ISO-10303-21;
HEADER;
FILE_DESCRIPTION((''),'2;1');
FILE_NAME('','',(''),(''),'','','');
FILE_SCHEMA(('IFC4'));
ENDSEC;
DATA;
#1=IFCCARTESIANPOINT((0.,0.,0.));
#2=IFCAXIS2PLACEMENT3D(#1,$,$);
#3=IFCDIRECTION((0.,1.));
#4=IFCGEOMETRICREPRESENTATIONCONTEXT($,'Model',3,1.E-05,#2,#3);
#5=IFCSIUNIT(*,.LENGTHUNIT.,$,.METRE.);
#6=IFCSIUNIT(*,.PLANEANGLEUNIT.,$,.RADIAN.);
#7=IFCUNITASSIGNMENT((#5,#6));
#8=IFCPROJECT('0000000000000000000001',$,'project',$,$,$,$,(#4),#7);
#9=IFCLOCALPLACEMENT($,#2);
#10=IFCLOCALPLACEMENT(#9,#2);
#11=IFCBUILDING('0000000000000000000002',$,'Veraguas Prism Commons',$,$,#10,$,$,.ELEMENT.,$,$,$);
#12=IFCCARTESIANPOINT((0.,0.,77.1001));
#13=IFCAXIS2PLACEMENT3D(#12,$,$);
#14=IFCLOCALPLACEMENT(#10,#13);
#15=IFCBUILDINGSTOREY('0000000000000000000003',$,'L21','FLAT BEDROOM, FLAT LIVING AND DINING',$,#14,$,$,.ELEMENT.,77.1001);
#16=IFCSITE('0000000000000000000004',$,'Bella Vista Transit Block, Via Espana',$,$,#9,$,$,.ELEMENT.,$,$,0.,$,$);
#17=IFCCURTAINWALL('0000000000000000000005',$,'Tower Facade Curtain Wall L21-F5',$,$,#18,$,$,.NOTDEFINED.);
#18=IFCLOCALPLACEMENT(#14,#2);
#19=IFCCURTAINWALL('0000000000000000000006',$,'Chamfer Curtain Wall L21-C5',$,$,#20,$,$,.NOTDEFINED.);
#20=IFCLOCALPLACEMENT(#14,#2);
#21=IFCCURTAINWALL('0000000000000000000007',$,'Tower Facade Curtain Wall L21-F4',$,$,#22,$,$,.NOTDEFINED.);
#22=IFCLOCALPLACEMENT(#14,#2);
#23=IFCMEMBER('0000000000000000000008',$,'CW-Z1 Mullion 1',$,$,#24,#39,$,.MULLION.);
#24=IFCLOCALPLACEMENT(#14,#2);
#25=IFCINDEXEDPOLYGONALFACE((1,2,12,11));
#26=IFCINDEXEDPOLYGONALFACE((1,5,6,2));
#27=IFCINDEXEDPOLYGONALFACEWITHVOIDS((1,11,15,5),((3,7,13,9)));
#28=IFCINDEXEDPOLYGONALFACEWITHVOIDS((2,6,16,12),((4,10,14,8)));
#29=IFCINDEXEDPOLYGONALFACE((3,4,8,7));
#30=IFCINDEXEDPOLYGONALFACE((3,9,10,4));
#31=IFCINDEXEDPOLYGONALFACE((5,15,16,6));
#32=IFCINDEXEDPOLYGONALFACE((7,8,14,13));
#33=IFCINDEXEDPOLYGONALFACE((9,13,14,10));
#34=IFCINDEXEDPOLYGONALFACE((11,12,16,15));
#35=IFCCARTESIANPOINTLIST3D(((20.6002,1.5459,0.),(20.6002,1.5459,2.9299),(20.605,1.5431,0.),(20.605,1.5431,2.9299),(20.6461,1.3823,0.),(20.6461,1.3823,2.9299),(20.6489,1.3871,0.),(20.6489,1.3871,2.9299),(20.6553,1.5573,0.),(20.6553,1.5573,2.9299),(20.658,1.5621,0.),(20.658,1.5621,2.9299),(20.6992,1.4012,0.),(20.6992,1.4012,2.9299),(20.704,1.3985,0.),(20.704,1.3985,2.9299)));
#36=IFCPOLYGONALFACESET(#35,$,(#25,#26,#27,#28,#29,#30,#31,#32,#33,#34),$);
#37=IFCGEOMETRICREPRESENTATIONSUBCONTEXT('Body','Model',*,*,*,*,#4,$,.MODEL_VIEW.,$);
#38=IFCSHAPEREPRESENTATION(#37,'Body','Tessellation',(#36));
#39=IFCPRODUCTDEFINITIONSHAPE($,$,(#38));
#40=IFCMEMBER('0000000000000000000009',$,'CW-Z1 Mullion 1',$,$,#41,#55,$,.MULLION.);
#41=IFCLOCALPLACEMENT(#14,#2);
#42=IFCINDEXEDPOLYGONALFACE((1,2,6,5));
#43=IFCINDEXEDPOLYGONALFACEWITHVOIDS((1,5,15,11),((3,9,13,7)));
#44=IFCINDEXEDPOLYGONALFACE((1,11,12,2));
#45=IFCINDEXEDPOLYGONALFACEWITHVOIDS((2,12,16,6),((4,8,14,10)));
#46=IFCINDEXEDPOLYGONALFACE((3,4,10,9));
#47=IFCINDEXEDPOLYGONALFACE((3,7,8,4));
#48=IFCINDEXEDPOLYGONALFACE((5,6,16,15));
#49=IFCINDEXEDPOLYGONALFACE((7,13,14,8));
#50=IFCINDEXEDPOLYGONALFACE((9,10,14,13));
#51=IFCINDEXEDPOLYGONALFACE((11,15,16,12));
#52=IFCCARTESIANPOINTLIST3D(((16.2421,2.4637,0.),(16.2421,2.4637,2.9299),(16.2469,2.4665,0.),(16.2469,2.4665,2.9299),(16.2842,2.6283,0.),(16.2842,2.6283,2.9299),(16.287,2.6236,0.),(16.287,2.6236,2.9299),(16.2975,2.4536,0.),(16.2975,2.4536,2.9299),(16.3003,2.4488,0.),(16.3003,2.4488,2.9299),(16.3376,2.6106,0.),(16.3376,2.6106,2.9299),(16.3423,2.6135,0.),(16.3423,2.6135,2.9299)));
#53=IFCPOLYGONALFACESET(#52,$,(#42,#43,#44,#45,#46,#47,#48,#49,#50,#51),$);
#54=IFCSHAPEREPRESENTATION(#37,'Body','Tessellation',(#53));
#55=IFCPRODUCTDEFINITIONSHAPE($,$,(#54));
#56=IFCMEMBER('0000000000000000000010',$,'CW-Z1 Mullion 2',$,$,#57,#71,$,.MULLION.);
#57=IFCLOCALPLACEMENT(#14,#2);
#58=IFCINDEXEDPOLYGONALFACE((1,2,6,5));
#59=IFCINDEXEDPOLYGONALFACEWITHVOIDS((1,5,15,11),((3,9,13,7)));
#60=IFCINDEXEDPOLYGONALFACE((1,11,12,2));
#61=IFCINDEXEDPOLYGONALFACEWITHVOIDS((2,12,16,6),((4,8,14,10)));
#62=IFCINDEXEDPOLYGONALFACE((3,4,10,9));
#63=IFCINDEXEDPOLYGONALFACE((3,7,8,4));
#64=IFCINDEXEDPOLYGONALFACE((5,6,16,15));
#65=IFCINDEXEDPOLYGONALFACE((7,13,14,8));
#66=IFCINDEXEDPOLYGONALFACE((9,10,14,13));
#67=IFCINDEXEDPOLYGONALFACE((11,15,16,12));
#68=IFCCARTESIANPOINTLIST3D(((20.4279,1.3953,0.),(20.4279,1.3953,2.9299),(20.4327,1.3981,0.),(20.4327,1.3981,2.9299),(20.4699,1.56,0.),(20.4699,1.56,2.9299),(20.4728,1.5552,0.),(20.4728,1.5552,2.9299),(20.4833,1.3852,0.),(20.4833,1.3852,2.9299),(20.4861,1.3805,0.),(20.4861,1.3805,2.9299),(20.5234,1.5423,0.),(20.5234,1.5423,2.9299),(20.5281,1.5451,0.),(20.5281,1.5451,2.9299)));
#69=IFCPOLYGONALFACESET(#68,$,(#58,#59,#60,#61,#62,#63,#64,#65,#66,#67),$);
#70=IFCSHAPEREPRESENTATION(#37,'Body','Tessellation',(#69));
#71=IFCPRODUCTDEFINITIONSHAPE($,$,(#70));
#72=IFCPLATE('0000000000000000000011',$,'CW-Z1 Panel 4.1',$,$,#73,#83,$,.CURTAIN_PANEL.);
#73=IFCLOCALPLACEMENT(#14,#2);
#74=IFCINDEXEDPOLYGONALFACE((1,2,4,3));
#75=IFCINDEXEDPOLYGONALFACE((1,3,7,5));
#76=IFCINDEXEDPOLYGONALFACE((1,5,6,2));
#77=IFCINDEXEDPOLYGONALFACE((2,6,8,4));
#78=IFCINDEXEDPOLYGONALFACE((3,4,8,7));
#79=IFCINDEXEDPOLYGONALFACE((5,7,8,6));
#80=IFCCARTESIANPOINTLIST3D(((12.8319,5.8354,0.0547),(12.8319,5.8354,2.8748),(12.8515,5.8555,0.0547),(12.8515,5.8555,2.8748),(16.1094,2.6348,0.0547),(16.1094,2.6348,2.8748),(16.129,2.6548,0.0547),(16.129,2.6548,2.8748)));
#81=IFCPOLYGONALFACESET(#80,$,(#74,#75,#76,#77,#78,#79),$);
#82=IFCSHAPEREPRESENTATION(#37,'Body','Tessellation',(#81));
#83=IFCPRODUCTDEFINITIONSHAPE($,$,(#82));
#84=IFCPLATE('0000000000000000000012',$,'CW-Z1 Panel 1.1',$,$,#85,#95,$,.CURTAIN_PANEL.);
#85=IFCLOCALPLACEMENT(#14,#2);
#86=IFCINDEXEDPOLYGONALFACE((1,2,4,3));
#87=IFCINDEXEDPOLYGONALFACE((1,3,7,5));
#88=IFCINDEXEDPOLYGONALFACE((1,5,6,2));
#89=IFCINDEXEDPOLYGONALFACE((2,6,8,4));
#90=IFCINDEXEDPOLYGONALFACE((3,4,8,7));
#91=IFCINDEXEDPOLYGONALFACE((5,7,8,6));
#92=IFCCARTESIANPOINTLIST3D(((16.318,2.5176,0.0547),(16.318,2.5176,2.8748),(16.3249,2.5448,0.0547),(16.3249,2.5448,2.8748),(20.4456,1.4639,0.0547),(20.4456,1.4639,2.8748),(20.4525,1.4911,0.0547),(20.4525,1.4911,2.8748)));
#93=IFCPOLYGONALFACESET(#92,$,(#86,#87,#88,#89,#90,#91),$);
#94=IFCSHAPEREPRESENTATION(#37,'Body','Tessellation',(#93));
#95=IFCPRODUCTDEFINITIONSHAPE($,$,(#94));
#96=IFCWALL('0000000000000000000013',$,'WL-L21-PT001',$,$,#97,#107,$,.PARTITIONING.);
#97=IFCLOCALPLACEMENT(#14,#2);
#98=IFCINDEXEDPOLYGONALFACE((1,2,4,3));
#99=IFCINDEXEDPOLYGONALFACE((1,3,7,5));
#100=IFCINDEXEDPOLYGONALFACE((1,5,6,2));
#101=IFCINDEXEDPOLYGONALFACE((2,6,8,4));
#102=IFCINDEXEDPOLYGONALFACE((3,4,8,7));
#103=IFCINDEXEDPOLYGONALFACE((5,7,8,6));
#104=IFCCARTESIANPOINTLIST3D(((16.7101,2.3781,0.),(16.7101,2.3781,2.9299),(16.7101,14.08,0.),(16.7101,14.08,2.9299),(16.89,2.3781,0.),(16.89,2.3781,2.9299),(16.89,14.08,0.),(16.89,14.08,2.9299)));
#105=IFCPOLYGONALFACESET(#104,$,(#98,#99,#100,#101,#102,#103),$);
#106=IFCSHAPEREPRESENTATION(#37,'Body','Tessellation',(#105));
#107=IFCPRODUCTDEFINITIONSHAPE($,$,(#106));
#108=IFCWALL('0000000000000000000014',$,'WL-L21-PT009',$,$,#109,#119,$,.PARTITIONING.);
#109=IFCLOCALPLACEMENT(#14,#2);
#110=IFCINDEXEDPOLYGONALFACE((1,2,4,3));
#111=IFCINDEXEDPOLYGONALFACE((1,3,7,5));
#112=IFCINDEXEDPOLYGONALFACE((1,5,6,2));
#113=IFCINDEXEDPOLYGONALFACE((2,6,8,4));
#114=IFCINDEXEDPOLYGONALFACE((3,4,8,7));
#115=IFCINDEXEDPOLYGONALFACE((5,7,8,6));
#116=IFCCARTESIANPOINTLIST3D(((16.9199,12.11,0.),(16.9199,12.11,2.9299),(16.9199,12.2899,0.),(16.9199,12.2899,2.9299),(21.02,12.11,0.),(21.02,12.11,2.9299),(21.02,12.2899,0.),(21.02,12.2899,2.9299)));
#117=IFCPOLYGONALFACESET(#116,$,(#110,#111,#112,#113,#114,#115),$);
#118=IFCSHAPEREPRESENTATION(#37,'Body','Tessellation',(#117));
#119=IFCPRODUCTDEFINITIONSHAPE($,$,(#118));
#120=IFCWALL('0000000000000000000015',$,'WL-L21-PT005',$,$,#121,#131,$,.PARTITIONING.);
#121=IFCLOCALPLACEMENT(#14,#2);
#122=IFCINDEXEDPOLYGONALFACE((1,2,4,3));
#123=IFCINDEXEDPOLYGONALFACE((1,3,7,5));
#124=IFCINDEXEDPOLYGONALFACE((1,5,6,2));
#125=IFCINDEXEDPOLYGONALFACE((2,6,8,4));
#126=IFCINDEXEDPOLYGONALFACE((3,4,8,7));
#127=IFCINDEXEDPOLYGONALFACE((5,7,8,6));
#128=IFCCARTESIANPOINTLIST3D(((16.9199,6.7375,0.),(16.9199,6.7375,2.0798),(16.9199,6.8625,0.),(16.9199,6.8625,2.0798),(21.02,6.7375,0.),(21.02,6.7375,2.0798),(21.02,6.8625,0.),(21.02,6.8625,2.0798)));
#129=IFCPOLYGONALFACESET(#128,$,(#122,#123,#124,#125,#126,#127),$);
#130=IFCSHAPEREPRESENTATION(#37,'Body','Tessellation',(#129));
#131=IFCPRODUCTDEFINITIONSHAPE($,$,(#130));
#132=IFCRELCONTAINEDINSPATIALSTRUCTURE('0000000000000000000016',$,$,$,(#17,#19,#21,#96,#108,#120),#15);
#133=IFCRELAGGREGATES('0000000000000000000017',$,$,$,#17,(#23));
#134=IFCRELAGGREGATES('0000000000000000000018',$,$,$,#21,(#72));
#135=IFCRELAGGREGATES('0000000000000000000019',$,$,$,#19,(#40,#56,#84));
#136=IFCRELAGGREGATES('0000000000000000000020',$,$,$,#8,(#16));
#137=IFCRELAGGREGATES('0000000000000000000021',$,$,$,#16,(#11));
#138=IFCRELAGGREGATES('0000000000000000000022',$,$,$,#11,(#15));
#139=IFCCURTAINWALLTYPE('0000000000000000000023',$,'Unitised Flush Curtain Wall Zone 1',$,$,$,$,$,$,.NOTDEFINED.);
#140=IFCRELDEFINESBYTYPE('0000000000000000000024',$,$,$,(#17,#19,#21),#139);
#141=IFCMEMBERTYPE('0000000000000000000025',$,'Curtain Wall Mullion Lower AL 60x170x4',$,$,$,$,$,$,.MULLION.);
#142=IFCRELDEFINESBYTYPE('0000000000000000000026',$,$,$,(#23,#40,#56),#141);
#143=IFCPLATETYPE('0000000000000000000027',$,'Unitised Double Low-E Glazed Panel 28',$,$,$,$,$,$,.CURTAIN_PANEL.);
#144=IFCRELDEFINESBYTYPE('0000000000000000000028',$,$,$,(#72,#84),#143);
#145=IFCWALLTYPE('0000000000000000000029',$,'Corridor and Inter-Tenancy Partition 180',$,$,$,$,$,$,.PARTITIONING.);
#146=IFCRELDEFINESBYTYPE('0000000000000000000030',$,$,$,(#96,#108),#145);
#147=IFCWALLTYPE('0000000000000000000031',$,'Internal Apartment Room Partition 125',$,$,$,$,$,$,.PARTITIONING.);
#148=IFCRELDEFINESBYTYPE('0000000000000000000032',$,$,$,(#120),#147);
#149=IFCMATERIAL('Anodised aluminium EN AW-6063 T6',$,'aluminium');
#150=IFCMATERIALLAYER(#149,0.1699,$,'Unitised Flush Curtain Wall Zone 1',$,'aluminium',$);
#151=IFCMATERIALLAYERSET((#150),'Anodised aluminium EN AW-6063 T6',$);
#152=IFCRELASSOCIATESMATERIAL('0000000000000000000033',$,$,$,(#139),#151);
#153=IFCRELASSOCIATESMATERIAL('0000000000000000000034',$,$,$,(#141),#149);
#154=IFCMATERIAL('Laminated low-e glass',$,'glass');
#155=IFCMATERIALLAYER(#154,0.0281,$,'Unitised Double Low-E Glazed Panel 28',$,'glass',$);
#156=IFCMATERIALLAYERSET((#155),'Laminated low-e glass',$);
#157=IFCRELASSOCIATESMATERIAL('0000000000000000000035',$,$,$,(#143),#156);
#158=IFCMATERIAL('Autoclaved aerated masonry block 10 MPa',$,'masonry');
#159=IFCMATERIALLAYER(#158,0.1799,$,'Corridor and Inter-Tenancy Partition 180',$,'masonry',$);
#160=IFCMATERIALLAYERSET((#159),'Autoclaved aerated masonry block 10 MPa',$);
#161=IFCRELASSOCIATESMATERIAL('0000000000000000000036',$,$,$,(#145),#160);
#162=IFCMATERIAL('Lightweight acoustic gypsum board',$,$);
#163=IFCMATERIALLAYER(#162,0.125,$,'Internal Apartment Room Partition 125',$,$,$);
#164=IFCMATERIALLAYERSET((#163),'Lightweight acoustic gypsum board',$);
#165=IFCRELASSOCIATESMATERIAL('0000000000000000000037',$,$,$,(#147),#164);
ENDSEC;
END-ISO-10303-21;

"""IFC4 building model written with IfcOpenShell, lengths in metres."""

from ifc_helpers import new_model, si_unit, direction, frame, frame_2d, origin, origin_2d, place, context, subcontext, project, spatial, rectangle, hollow_rectangle, extrude, source, transform, mapped, material, layer, layer_set, material_profile, profile_set, type_object, element, aggregate, save


model = new_model("IFC4")

# Units and contexts
model_context = context("Model", 3, precision=1e-05, world=origin(), true_north=direction((0.0, 1.0)))
body_context = subcontext(model_context, "Body", "Model", "MODEL_VIEW")
ifc_project = project(units=[si_unit("LENGTHUNIT", "METRE"), si_unit("PLANEANGLEUNIT", "RADIAN")], contexts=[model_context])

# Site, building, storey
site_placement = place(None, origin())
site = spatial("IfcSite", under=ifc_project, at=site_placement, Name="Bella Vista Transit Block, Via Espana", CompositionType="ELEMENT", RefElevation=0.0)
building_placement = place(site_placement, origin())
building = spatial("IfcBuilding", under=site, at=building_placement, Name="Veraguas Prism Commons", CompositionType="ELEMENT")
storey_placement = place(building_placement, frame((0.0, 0.0, 77.1001)))
storey = spatial("IfcBuildingStorey", under=building, at=storey_placement, Name="L21", Description="FLAT BEDROOM, FLAT LIVING AND DINING", CompositionType="ELEMENT", Elevation=77.1001)

# Curtain walls
ifc_material_1 = material(Name="Anodised aluminium EN AW-6063 T6", Category="aluminium")
ifc_layer_1 = layer(ifc_material_1, 0.1699, Name="Unitised Flush Curtain Wall Zone 1", Category="aluminium")
ifc_layer_set_1 = layer_set([ifc_layer_1], Name="Anodised aluminium EN AW-6063 T6")
curtain_wall_type = type_object("IfcCurtainWallType", Name="Unitised Flush Curtain Wall Zone 1", PredefinedType="NOTDEFINED", material=ifc_layer_set_1)
curtain_wall_1_placement = place(storey_placement, origin())
curtain_wall_1 = element("IfcCurtainWall", 1, at=curtain_wall_1_placement, inside=storey, type_object=curtain_wall_type, Name="Tower Facade Curtain Wall L21-F5", PredefinedType="NOTDEFINED")
curtain_wall_2_placement = place(storey_placement, origin())
curtain_wall_2 = element("IfcCurtainWall", 2, at=curtain_wall_2_placement, inside=storey, type_object=curtain_wall_type, Name="Chamfer Curtain Wall L21-C5", PredefinedType="NOTDEFINED")
curtain_wall_3_placement = place(storey_placement, origin())
curtain_wall_3 = element("IfcCurtainWall", 3, at=curtain_wall_3_placement, inside=storey, type_object=curtain_wall_type, Name="Tower Facade Curtain Wall L21-F4", PredefinedType="NOTDEFINED")
ifc_material_profile_1 = material_profile(ifc_material_1, hollow_rectangle(XDim=0.0601, YDim=0.1699, WallThickness=0.0039, at=origin_2d()), Name="AL60X170X4")
ifc_profile_set_1 = profile_set([ifc_material_profile_1], Name="Anodised aluminium EN AW-6063 T6")
member_type_1 = type_object("IfcMemberType", Name="Curtain Wall Mullion Lower AL 60x170x4", PredefinedType="MULLION", material=ifc_profile_set_1)
shared_shape_1 = source(origin(), body_context, "Body", "SweptSolid", [
    extrude(hollow_rectangle(XDim=0.0601, YDim=0.1699, WallThickness=0.0039, at=origin_2d()), origin(), (0.0, 0.0, 1.0), 2.9299),
])

# Members
member_1_placement = place(storey_placement, frame((20.6521, 1.4722, 0.0), z_axis=(0.0, 0.0, 1.0), x_axis=(0.962786, 0.270266, 0.0)))
member_1 = element("IfcMember", 4, at=member_1_placement, type_object=member_type_1, Name="CW-Z1 Mullion 1", PredefinedType="MULLION", context=body_context, shape_type="MappedRepresentation", body=[
    mapped(shared_shape_1, transform((0.0, 0.0, 0.0), scale=1.0)),
])
aggregate(curtain_wall_1, [member_1])
member_2_placement = place(storey_placement, frame((16.2922, 2.5386, 0.0), z_axis=(0.0, 0.0, 1.0), x_axis=(0.968927, -0.247346, 0.0)))
member_2 = element("IfcMember", 5, at=member_2_placement, type_object=member_type_1, Name="CW-Z1 Mullion 1", PredefinedType="MULLION", context=body_context, shape_type="MappedRepresentation", body=[
    mapped(shared_shape_1, transform((0.0, 0.0, 0.0), scale=1.0)),
])
member_3_placement = place(storey_placement, frame((20.478, 1.4702, 0.0), z_axis=(0.0, 0.0, 1.0), x_axis=(0.968927, -0.247346, 0.0)))
member_3 = element("IfcMember", 6, at=member_3_placement, type_object=member_type_1, Name="CW-Z1 Mullion 2", PredefinedType="MULLION", context=body_context, shape_type="MappedRepresentation", body=[
    mapped(shared_shape_1, transform((0.0, 0.0, 0.0), scale=1.0)),
])

# Plates
ifc_material_2 = material(Name="Laminated low-e glass", Category="glass")
ifc_layer_2 = layer(ifc_material_2, 0.0281, Name="Unitised Double Low-E Glazed Panel 28", Category="glass")
ifc_layer_set_2 = layer_set([ifc_layer_2], Name="Laminated low-e glass")
plate_type = type_object("IfcPlateType", Name="Unitised Double Low-E Glazed Panel 28", PredefinedType="CURTAIN_PANEL", material=ifc_layer_set_2)
shared_shape_2 = source(origin(), body_context, "Body", "SweptSolid", [
    extrude(rectangle(XDim=4.5811, YDim=0.0281, at=origin_2d()), origin(), (0.0, 0.0, 1.0), 2.8201),
])
plate_1_placement = place(storey_placement, frame((14.4805, 4.2451, 0.0547), z_axis=(0.0, 0.0, 1.0), x_axis=(0.715449, -0.698665, 0.0)))
plate_1 = element("IfcPlate", 7, at=plate_1_placement, type_object=plate_type, Name="CW-Z1 Panel 4.1", PredefinedType="CURTAIN_PANEL", context=body_context, shape_type="MappedRepresentation", body=[
    mapped(shared_shape_2, transform((0.0, 0.0, 0.0), scale=1.0)),
])
aggregate(curtain_wall_3, [plate_1])
shared_shape_3 = source(origin(), body_context, "Body", "SweptSolid", [
    extrude(rectangle(XDim=4.26, YDim=0.0281, at=origin_2d()), origin(), (0.0, 0.0, 1.0), 2.8201),
])
plate_2_placement = place(storey_placement, frame((18.3853, 2.0044, 0.0547), z_axis=(0.0, 0.0, 1.0), x_axis=(0.968927, -0.247346, 0.0)))
plate_2 = element("IfcPlate", 8, at=plate_2_placement, type_object=plate_type, Name="CW-Z1 Panel 1.1", PredefinedType="CURTAIN_PANEL", context=body_context, shape_type="MappedRepresentation", body=[
    mapped(shared_shape_3, transform((0.0, 0.0, 0.0), scale=1.0)),
])
aggregate(curtain_wall_2, [member_2, member_3, plate_2])

# Walls
ifc_material_3 = material(Name="Autoclaved aerated masonry block 10 MPa", Category="masonry")
ifc_layer_3 = layer(ifc_material_3, 0.1799, Name="Corridor and Inter-Tenancy Partition 180", Category="masonry")
ifc_layer_set_3 = layer_set([ifc_layer_3], Name="Autoclaved aerated masonry block 10 MPa")
wall_type_1 = type_object("IfcWallType", Name="Corridor and Inter-Tenancy Partition 180", PredefinedType="PARTITIONING", material=ifc_layer_set_3)
wall_1_placement = place(storey_placement, frame((16.8, 14.0801, 0.0), z_axis=(0.0, 0.0, 1.0), x_axis=(0.0, -1.0, 0.0)))
element("IfcWall", 9, at=wall_1_placement, inside=storey, type_object=wall_type_1, Name="WL-L21-PT001", PredefinedType="PARTITIONING", context=body_context, shape_type="SweptSolid", body=[
    extrude(rectangle(XDim=11.7019, YDim=0.1799, at=frame_2d((5.8511, 0.0))), origin(), (0.0, 0.0, 1.0), 2.9299),
])
wall_2_placement = place(storey_placement, frame((16.9199, 12.2, 0.0), z_axis=(0.0, 0.0, 1.0), x_axis=(1.0, 0.0, 0.0)))
element("IfcWall", 10, at=wall_2_placement, inside=storey, type_object=wall_type_1, Name="WL-L21-PT009", PredefinedType="PARTITIONING", context=body_context, shape_type="SweptSolid", body=[
    extrude(rectangle(XDim=4.1001, YDim=0.1799, at=frame_2d((2.05, 0.0))), origin(), (0.0, 0.0, 1.0), 2.9299),
])
ifc_material_4 = material(Name="Lightweight acoustic gypsum board")
ifc_layer_4 = layer(ifc_material_4, 0.125, Name="Internal Apartment Room Partition 125")
ifc_layer_set_4 = layer_set([ifc_layer_4], Name="Lightweight acoustic gypsum board")
wall_type_2 = type_object("IfcWallType", Name="Internal Apartment Room Partition 125", PredefinedType="PARTITIONING", material=ifc_layer_set_4)
wall_3_placement = place(storey_placement, frame((16.9199, 6.8, 0.0), z_axis=(0.0, 0.0, 1.0), x_axis=(1.0, 0.0, 0.0)))
element("IfcWall", 11, at=wall_3_placement, inside=storey, type_object=wall_type_2, Name="WL-L21-PT005", PredefinedType="PARTITIONING", context=body_context, shape_type="SweptSolid", body=[
    extrude(rectangle(XDim=4.1001, YDim=0.125, at=frame_2d((2.05, 0.0))), origin(), (0.0, 0.0, 1.0), 2.0798),
])

save(model, "model.ifc")
